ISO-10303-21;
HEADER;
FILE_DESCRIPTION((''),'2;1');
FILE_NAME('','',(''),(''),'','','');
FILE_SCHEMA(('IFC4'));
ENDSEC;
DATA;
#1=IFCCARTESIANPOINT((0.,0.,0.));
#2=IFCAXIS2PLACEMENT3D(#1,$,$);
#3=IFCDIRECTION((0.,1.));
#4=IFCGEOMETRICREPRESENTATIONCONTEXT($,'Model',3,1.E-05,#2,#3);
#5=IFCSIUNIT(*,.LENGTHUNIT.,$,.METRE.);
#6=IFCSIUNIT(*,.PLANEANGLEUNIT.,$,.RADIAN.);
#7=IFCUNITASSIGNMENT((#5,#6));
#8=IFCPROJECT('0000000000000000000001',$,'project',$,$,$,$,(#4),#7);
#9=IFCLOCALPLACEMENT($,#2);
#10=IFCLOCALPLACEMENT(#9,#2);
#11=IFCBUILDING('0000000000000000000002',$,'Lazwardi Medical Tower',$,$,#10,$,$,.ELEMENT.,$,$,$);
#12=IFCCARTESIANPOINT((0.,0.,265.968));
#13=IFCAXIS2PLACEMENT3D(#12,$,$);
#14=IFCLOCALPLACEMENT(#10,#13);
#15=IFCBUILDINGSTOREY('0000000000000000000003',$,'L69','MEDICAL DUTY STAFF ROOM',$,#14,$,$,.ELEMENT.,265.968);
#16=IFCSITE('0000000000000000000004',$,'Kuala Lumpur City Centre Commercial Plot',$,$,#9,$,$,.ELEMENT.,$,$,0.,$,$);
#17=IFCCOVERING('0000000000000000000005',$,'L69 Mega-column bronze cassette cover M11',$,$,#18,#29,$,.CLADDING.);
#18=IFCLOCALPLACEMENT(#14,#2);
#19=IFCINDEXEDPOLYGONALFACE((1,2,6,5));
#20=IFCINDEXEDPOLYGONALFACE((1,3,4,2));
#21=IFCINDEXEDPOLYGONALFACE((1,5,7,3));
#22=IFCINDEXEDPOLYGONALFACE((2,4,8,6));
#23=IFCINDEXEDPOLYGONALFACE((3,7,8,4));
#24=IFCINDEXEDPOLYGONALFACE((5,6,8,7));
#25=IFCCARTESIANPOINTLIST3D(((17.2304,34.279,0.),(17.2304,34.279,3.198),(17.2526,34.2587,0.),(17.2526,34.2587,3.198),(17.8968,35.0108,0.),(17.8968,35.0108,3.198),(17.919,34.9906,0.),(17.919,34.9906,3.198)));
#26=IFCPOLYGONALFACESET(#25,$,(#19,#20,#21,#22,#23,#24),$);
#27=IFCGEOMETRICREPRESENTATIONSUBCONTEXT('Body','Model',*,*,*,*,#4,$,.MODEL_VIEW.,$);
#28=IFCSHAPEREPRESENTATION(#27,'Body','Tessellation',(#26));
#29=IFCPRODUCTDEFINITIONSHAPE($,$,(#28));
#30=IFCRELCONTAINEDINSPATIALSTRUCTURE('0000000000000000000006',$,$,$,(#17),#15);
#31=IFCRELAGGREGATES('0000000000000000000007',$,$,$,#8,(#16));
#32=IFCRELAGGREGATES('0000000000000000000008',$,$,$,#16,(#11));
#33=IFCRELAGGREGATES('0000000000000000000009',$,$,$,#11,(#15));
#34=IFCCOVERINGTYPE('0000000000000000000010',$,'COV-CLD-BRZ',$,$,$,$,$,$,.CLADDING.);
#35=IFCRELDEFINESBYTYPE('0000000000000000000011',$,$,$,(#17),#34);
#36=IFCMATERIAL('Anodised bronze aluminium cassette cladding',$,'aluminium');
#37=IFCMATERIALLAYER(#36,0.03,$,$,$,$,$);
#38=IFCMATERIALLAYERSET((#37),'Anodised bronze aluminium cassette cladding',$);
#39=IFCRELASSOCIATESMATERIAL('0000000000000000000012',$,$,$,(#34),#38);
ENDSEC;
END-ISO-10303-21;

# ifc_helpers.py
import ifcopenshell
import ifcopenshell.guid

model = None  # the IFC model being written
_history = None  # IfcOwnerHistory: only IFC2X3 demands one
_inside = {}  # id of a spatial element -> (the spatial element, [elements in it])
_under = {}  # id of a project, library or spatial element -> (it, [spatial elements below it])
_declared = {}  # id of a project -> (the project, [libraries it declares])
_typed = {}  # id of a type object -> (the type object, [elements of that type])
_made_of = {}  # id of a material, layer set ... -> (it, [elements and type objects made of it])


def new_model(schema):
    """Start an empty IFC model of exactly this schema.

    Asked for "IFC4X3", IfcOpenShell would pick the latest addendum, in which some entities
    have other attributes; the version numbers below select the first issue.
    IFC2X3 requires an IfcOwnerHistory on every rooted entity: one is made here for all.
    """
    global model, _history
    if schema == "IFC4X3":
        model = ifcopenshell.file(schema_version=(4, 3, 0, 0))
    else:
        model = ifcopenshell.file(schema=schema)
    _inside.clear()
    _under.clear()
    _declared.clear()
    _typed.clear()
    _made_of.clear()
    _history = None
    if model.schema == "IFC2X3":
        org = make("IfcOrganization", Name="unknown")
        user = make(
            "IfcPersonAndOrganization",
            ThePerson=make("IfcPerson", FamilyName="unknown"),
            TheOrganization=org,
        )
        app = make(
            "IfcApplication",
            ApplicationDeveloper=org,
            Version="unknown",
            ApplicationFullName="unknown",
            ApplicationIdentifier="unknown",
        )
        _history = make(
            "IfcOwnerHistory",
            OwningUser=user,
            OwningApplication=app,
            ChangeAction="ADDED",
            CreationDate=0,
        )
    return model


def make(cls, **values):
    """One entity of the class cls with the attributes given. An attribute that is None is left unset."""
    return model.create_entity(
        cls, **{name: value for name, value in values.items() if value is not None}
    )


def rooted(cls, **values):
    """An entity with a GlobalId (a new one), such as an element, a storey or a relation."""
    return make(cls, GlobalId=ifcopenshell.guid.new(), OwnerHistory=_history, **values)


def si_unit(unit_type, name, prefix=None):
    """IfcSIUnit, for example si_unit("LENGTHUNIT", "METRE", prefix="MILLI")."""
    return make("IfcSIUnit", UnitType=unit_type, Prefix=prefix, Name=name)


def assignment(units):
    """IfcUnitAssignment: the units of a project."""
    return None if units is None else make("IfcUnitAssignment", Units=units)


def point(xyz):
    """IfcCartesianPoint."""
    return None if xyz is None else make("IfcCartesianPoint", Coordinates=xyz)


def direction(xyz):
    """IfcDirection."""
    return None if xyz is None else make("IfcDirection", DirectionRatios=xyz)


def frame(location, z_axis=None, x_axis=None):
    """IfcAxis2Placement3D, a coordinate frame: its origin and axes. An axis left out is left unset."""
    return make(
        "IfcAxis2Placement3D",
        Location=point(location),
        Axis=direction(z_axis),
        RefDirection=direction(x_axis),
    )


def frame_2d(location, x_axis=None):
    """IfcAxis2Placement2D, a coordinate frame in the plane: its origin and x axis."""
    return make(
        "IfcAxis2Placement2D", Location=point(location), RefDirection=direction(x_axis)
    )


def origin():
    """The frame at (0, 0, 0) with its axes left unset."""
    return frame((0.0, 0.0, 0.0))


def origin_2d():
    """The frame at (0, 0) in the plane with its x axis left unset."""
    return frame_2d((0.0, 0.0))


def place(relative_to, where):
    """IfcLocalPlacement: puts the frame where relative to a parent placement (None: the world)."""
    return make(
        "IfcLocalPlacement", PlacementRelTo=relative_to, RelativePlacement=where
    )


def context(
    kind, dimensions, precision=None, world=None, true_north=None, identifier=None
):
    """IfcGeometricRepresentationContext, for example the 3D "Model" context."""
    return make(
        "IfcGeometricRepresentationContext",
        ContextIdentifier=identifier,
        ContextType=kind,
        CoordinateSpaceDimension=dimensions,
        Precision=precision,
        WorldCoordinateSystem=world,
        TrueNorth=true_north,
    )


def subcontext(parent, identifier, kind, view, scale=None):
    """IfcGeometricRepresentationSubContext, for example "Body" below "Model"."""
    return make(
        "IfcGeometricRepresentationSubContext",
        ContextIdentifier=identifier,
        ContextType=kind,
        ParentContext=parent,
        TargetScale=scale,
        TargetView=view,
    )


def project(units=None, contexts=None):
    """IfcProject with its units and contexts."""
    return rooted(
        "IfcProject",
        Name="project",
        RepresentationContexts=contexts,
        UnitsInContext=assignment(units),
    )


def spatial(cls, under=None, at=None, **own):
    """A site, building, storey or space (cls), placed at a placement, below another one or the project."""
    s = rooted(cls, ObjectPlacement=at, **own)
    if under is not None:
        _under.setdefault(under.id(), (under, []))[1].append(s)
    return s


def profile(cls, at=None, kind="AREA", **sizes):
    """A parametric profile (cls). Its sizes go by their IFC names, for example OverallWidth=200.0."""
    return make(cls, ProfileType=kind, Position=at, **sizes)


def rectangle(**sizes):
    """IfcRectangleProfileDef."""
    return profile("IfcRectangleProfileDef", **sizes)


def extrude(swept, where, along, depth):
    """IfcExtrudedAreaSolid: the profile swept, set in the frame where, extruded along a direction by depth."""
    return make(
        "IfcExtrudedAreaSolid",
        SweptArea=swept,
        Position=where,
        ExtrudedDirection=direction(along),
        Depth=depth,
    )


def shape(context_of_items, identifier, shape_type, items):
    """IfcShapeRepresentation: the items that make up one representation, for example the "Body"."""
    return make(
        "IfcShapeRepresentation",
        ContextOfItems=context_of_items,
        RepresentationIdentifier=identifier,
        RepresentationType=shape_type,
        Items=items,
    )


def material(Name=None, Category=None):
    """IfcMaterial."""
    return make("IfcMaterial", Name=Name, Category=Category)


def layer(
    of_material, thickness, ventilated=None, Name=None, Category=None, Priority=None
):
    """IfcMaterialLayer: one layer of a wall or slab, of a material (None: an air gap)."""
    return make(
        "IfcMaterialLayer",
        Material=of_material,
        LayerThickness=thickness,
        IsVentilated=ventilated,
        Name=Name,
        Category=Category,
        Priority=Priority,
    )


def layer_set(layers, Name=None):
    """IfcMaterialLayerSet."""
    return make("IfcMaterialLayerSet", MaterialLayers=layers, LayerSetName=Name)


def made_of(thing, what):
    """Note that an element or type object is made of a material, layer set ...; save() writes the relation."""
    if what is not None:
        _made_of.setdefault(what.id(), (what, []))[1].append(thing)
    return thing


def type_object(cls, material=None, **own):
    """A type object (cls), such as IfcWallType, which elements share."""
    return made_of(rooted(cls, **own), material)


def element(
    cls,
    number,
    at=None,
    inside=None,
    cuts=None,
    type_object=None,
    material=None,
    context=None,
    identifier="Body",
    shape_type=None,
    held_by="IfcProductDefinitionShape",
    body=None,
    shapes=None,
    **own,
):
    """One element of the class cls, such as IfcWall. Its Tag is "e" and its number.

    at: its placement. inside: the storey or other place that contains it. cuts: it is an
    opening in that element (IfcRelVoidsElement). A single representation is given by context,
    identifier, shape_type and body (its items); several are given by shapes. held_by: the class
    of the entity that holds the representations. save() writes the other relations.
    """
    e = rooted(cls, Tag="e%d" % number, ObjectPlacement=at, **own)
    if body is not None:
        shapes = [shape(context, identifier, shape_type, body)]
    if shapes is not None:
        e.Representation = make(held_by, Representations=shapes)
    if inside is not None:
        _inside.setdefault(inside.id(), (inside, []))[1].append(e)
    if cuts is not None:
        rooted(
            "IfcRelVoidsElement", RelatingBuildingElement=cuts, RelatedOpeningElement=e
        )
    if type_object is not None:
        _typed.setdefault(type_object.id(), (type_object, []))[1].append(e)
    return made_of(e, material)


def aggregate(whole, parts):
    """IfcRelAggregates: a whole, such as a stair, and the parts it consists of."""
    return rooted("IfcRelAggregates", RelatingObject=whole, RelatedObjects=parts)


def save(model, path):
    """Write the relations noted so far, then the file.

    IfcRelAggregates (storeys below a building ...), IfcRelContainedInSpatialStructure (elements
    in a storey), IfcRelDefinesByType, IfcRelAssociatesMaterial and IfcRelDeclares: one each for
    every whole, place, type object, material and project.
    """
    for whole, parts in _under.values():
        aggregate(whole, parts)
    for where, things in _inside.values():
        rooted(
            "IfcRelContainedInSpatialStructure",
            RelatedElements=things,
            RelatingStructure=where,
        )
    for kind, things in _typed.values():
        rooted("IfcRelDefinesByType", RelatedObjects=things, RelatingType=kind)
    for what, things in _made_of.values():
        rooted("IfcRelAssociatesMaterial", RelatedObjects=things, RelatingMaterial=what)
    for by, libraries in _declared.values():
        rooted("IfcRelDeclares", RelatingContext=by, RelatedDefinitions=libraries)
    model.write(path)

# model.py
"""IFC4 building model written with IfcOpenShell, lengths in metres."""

from ifc_helpers import new_model, si_unit, direction, frame, origin, origin_2d, place, context, subcontext, project, spatial, rectangle, extrude, material, layer, layer_set, type_object, element, save


model = new_model("IFC4")

# Units and contexts
model_context = context("Model", 3, precision=1e-05, world=origin(), true_north=direction((0.0, 1.0)))
body_context = subcontext(model_context, "Body", "Model", "MODEL_VIEW")
ifc_project = project(units=[si_unit("LENGTHUNIT", "METRE"), si_unit("PLANEANGLEUNIT", "RADIAN")], contexts=[model_context])

# Site, building, storey
site_placement = place(None, origin())
site = spatial("IfcSite", under=ifc_project, at=site_placement, Name="Kuala Lumpur City Centre Commercial Plot", CompositionType="ELEMENT", RefElevation=0.0)
building_placement = place(site_placement, origin())
building = spatial("IfcBuilding", under=site, at=building_placement, Name="Lazwardi Medical Tower", CompositionType="ELEMENT")
storey_placement = place(building_placement, frame((0.0, 0.0, 265.968)))
storey = spatial("IfcBuildingStorey", under=building, at=storey_placement, Name="L69", Description="MEDICAL DUTY STAFF ROOM", CompositionType="ELEMENT", Elevation=265.968)

# Covering
ifc_material_1 = material(Name="Anodised bronze aluminium cassette cladding", Category="aluminium")
ifc_layer_1 = layer(ifc_material_1, 0.03)
ifc_layer_set_1 = layer_set([ifc_layer_1], Name="Anodised bronze aluminium cassette cladding")
covering_type = type_object("IfcCoveringType", Name="COV-CLD-BRZ", PredefinedType="CLADDING", material=ifc_layer_set_1)
covering_1_placement = place(storey_placement, frame((17.5747, 34.6348, 0.0), z_axis=(0.0, 0.0, 1.0), x_axis=(-0.673241, -0.739423, 0.0)))
element("IfcCovering", 1, at=covering_1_placement, inside=storey, type_object=covering_type, Name="L69 Mega-column bronze cassette cover M11", PredefinedType="CLADDING", context=body_context, shape_type="SweptSolid", body=[
    extrude(rectangle(XDim=0.9897, YDim=0.03, at=origin_2d()), origin(), (0.0, 0.0, 1.0), 3.198),
])

save(model, "model.ifc")
